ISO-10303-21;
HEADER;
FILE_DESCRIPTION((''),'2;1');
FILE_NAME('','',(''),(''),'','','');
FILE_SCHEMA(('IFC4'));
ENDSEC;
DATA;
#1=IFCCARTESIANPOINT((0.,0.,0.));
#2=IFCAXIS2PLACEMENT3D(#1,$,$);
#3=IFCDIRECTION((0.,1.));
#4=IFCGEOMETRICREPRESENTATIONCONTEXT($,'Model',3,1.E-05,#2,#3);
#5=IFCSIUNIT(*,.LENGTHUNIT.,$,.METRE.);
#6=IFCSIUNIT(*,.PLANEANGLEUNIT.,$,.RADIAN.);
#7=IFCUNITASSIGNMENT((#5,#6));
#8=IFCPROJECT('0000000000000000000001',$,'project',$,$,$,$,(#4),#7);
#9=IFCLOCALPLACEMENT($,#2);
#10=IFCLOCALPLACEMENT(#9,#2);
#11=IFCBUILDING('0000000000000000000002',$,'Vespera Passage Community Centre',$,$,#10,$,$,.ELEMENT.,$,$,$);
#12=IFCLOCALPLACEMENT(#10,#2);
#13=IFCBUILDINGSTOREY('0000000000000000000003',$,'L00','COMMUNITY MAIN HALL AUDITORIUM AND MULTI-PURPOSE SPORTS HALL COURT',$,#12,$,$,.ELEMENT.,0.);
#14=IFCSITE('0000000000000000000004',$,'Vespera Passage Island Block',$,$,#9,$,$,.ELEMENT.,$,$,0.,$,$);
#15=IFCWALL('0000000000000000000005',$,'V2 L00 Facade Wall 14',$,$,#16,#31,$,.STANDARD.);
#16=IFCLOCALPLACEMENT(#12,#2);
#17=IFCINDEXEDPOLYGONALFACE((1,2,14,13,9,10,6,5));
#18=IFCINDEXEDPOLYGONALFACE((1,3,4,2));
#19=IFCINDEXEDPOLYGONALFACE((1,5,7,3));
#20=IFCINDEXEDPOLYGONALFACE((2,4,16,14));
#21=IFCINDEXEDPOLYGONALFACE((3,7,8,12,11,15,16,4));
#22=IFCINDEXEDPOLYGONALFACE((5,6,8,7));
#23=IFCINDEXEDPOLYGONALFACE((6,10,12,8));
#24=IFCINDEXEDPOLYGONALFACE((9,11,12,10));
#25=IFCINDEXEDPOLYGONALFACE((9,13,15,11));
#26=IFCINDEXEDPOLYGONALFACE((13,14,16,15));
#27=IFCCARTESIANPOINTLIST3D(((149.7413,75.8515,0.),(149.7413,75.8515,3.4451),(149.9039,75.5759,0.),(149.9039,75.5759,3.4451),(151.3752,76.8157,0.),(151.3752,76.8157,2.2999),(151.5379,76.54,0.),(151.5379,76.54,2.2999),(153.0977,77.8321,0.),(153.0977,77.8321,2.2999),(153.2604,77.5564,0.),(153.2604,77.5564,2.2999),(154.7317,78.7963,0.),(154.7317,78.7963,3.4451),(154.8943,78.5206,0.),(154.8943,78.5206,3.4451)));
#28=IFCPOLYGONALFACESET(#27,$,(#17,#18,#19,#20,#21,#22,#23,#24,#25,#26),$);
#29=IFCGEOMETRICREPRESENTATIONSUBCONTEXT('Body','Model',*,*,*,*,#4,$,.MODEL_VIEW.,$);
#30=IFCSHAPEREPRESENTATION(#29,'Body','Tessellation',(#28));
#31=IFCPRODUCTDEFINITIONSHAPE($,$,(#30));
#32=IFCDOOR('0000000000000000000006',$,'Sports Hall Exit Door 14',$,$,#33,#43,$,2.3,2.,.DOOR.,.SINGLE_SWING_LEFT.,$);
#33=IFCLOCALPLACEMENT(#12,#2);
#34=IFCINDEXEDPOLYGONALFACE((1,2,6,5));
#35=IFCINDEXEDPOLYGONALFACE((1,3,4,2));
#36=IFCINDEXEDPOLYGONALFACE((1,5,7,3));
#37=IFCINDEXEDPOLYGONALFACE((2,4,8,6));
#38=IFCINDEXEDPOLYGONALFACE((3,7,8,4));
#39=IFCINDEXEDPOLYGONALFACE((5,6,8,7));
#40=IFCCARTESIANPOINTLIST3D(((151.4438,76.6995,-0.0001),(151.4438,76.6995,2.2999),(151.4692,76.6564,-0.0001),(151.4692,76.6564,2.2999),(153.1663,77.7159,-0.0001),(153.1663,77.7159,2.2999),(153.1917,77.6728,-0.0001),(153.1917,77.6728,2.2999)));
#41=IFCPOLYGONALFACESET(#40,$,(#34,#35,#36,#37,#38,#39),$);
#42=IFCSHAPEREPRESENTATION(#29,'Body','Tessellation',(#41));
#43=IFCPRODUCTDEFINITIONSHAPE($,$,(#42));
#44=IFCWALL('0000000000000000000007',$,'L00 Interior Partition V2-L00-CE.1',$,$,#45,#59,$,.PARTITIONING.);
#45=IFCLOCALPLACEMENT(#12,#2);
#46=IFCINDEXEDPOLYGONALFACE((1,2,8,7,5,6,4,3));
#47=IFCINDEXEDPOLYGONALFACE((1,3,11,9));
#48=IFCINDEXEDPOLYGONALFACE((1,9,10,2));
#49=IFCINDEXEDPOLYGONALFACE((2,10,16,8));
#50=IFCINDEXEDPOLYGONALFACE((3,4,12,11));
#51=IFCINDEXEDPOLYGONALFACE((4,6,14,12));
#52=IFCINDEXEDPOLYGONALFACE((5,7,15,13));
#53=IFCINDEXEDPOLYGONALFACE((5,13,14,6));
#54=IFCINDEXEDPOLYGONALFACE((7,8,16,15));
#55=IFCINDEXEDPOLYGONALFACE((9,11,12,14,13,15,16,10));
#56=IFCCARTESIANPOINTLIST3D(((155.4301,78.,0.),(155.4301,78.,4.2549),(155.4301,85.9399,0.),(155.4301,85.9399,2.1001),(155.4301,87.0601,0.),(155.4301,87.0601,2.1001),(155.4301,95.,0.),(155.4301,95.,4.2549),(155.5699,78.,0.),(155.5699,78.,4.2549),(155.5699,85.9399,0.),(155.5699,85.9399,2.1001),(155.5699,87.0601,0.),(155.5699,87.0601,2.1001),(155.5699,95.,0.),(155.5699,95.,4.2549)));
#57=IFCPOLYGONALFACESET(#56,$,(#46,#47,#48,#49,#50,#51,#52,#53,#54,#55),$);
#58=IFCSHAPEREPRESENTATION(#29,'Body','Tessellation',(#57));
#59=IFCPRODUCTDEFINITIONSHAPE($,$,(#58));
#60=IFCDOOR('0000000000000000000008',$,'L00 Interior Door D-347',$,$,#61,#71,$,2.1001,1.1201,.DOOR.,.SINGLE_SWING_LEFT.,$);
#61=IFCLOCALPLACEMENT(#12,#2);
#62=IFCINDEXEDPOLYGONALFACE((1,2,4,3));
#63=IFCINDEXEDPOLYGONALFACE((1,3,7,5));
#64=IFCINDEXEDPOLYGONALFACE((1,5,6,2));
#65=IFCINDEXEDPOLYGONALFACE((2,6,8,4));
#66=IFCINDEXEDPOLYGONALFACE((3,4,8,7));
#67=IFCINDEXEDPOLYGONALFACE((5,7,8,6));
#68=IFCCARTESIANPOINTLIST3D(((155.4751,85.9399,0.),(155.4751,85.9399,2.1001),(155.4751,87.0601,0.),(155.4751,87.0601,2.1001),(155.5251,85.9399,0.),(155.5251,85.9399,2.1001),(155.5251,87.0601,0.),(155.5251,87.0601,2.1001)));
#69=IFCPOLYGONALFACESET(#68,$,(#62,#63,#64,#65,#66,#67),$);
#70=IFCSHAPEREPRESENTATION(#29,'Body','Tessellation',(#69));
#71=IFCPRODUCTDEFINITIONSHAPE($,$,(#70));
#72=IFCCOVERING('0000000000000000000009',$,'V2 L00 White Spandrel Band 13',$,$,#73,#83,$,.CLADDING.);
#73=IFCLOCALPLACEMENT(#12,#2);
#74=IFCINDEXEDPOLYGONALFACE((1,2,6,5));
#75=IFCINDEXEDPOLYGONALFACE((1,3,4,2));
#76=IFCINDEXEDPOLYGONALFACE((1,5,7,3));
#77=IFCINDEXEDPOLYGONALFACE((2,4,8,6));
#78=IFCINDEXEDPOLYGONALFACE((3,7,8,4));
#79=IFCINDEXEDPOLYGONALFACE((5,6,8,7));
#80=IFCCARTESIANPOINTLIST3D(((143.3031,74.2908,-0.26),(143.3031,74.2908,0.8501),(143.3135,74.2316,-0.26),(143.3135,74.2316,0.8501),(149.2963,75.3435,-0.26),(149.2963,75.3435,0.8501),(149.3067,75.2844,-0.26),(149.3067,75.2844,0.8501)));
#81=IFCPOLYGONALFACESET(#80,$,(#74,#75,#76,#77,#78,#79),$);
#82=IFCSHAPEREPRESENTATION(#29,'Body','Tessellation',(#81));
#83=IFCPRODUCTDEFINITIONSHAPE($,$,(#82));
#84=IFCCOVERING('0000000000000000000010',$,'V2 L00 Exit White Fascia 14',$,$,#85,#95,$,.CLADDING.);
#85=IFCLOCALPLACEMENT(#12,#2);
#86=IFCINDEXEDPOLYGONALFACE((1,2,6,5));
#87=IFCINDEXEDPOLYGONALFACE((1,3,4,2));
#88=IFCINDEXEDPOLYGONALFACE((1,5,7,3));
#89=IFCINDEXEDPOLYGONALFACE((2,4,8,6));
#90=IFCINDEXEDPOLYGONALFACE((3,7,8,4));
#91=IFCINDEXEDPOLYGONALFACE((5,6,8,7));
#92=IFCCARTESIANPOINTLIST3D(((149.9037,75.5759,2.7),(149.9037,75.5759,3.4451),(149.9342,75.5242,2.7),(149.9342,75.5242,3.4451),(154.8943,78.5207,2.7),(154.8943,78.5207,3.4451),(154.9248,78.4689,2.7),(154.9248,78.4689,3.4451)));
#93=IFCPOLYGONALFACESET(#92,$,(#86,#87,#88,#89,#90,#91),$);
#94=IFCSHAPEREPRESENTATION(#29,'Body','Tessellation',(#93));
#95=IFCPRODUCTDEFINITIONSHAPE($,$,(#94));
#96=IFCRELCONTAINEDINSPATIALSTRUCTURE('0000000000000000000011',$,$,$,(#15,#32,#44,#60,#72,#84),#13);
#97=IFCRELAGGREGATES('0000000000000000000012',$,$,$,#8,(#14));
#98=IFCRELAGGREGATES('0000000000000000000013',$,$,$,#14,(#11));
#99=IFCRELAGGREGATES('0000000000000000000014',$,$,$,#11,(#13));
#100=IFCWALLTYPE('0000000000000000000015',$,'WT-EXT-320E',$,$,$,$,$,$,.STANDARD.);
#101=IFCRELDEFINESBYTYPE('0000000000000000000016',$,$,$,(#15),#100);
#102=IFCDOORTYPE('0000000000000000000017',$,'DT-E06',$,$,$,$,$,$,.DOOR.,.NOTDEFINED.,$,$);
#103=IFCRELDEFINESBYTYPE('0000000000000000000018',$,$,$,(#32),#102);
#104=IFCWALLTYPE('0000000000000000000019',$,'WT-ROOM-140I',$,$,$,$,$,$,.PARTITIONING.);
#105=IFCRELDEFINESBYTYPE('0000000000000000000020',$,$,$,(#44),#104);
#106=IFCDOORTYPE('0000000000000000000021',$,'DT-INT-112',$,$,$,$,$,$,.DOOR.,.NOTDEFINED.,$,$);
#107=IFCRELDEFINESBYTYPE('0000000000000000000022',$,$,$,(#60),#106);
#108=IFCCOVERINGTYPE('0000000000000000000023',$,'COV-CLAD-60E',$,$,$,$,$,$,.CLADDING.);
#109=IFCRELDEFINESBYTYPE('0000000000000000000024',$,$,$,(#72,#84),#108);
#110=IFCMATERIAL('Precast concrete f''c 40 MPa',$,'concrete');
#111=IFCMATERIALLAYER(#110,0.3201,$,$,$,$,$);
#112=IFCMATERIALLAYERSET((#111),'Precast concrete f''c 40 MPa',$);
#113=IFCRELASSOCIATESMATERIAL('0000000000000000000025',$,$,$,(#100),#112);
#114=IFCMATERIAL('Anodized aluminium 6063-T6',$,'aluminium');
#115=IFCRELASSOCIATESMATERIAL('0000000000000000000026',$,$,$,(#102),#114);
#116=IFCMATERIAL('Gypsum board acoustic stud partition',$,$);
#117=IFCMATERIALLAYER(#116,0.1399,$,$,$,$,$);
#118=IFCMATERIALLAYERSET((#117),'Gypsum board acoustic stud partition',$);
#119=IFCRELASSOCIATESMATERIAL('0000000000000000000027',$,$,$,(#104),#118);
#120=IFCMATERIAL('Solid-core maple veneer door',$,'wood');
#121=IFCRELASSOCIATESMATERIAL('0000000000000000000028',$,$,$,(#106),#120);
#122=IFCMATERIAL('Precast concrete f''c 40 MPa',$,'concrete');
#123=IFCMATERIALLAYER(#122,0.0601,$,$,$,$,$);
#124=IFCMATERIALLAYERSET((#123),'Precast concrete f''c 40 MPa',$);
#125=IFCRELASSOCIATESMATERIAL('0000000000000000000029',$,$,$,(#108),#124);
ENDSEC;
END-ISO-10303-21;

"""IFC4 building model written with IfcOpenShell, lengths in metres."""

from ifc_helpers import new_model, si_unit, direction, frame, frame_2d, origin, place, context, subcontext, project, spatial, rectangle, extrude, material, layer, layer_set, type_object, element, fill, save


model = new_model("IFC4")

# Units and contexts
model_context = context("Model", 3, precision=1e-05, world=origin(), true_north=direction((0.0, 1.0)))
body_context = subcontext(model_context, "Body", "Model", "MODEL_VIEW")
ifc_project = project(units=[si_unit("LENGTHUNIT", "METRE"), si_unit("PLANEANGLEUNIT", "RADIAN")], contexts=[model_context])

# Site, building, storey
site_placement = place(None, origin())
site = spatial("IfcSite", under=ifc_project, at=site_placement, Name="Vespera Passage Island Block", CompositionType="ELEMENT", RefElevation=0.0)
building_placement = place(site_placement, origin())
building = spatial("IfcBuilding", under=site, at=building_placement, Name="Vespera Passage Community Centre", CompositionType="ELEMENT")
storey_placement = place(building_placement, origin())
storey = spatial("IfcBuildingStorey", under=building, at=storey_placement, Name="L00", Description="COMMUNITY MAIN HALL AUDITORIUM AND MULTI-PURPOSE SPORTS HALL COURT", CompositionType="ELEMENT", Elevation=0.0)

# Shared definitions
ifc_material_1 = material(Name="Precast concrete f'c 40 MPa", Category="concrete")
ifc_layer_1 = layer(ifc_material_1, 0.3201)
ifc_layer_set_1 = layer_set([ifc_layer_1], Name="Precast concrete f'c 40 MPa")
wall_type_1 = type_object("IfcWallType", Name="WT-EXT-320E", PredefinedType="STANDARD", material=ifc_layer_set_1)

# Walls, openings, doors
wall_1_placement = place(storey_placement, frame((154.813, 78.6584, 0.0), z_axis=(0.0, 0.0, 1.0), x_axis=(-0.861236, -0.508205, 0.0)))
wall_1 = element("IfcWall", 1, at=wall_1_placement, inside=storey, type_object=wall_type_1, Name="V2 L00 Facade Wall 14", PredefinedType="STANDARD", context=body_context, shape_type="SweptSolid", body=[
    extrude(rectangle(XDim=5.7944, YDim=0.3201, at=frame_2d((2.8972, 0.0))), origin(), (0.0, 0.0, 1.0), 3.4451),
])
opening_1_placement = place(wall_1_placement, frame((1.8972, 0.0, 0.0)))
opening_1 = element("IfcOpeningElement", 2, at=opening_1_placement, cuts=wall_1, PredefinedType="OPENING", context=body_context, shape_type="SweptSolid", body=[
    extrude(rectangle(XDim=2.0, YDim=2.3, at=frame_2d((1.0, 1.1499))), frame((0.0, 0.1702, 0.0), z_axis=(0.0, -1.0, 0.0), x_axis=(1.0, 0.0, 0.0)), (0.0, 0.0, 1.0), 0.3401),
])
ifc_material_2 = material(Name="Anodized aluminium 6063-T6", Category="aluminium")
door_type_1 = type_object("IfcDoorType", Name="DT-E06", OperationType="NOTDEFINED", PredefinedType="DOOR", material=ifc_material_2)
door_1_placement = place(opening_1_placement, origin())
door_1 = element("IfcDoor", 3, at=door_1_placement, inside=storey, type_object=door_type_1, Name="Sports Hall Exit Door 14", OperationType="SINGLE_SWING_LEFT", OverallHeight=2.3, OverallWidth=2.0, PredefinedType="DOOR", context=body_context, shape_type="SweptSolid", body=[
    extrude(rectangle(XDim=2.0, YDim=2.3, at=frame_2d((1.0, 1.1499))), frame((0.0, 0.0249, 0.0), z_axis=(0.0, -1.0, 0.0), x_axis=(1.0, 0.0, 0.0)), (0.0, 0.0, 1.0), 0.05),
])
fill(opening_1, door_1)
ifc_material_3 = material(Name="Gypsum board acoustic stud partition")
ifc_layer_2 = layer(ifc_material_3, 0.1399)
ifc_layer_set_2 = layer_set([ifc_layer_2], Name="Gypsum board acoustic stud partition")
wall_type_2 = type_object("IfcWallType", Name="WT-ROOM-140I", PredefinedType="PARTITIONING", material=ifc_layer_set_2)
wall_2_placement = place(storey_placement, frame((155.5, 78.0, 0.0), z_axis=(0.0, 0.0, 1.0), x_axis=(0.0, 1.0, 0.0)))
wall_2 = element("IfcWall", 4, at=wall_2_placement, inside=storey, type_object=wall_type_2, Name="L00 Interior Partition V2-L00-CE.1", PredefinedType="PARTITIONING", context=body_context, shape_type="SweptSolid", body=[
    extrude(rectangle(XDim=17.0, YDim=0.1399, at=frame_2d((8.5, 0.0))), origin(), (0.0, 0.0, 1.0), 4.2549),
])
opening_2_placement = place(wall_2_placement, frame((7.9399, 0.0, 0.0)))
opening_2 = element("IfcOpeningElement", 5, at=opening_2_placement, cuts=wall_2, PredefinedType="OPENING", context=body_context, shape_type="SweptSolid", body=[
    extrude(rectangle(XDim=1.1201, YDim=2.1001, at=frame_2d((0.5601, 1.05))), frame((0.0, 0.0798, 0.0), z_axis=(0.0, -1.0, 0.0), x_axis=(1.0, 0.0, 0.0)), (0.0, 0.0, 1.0), 0.1599),
])
ifc_material_4 = material(Name="Solid-core maple veneer door", Category="wood")
door_type_2 = type_object("IfcDoorType", Name="DT-INT-112", OperationType="NOTDEFINED", PredefinedType="DOOR", material=ifc_material_4)
door_2_placement = place(opening_2_placement, origin())
door_2 = element("IfcDoor", 6, at=door_2_placement, inside=storey, type_object=door_type_2, Name="L00 Interior Door D-347", OperationType="SINGLE_SWING_LEFT", OverallHeight=2.1001, OverallWidth=1.1201, PredefinedType="DOOR", context=body_context, shape_type="SweptSolid", body=[
    extrude(rectangle(XDim=1.1201, YDim=2.1001, at=frame_2d((0.5601, 1.05))), frame((0.0, 0.0249, 0.0), z_axis=(0.0, -1.0, 0.0), x_axis=(1.0, 0.0, 0.0)), (0.0, 0.0, 1.0), 0.05),
])
fill(opening_2, door_2)

# Coverings
ifc_material_5 = material(Name="Precast concrete f'c 40 MPa", Category="concrete")
ifc_layer_3 = layer(ifc_material_5, 0.0601)
ifc_layer_set_3 = layer_set([ifc_layer_3], Name="Precast concrete f'c 40 MPa")
covering_type = type_object("IfcCoveringType", Name="COV-CLAD-60E", PredefinedType="CLADDING", material=ifc_layer_set_3)
covering_1_placement = place(storey_placement, frame((149.3015, 75.314, -0.26), z_axis=(0.0, 0.0, 1.0), x_axis=(-0.984921, -0.173007, 0.0)))
element("IfcCovering", 7, at=covering_1_placement, inside=storey, type_object=covering_type, Name="V2 L00 White Spandrel Band 13", PredefinedType="CLADDING", context=body_context, shape_type="SweptSolid", body=[
    extrude(rectangle(XDim=6.085, YDim=0.0601, at=frame_2d((3.0425, 0.0))), origin(), (0.0, 0.0, 1.0), 1.1101),
])
covering_2_placement = place(storey_placement, frame((154.9097, 78.4949, 2.7), z_axis=(0.0, 0.0, 1.0), x_axis=(-0.861247, -0.508187, 0.0)))
element("IfcCovering", 8, at=covering_2_placement, inside=storey, type_object=covering_type, Name="V2 L00 Exit White Fascia 14", PredefinedType="CLADDING", context=body_context, shape_type="SweptSolid", body=[
    extrude(rectangle(XDim=5.7947, YDim=0.0601, at=frame_2d((2.8975, 0.0))), origin(), (0.0, 0.0, 1.0), 0.7451),
])

save(model, "model.ifc")
